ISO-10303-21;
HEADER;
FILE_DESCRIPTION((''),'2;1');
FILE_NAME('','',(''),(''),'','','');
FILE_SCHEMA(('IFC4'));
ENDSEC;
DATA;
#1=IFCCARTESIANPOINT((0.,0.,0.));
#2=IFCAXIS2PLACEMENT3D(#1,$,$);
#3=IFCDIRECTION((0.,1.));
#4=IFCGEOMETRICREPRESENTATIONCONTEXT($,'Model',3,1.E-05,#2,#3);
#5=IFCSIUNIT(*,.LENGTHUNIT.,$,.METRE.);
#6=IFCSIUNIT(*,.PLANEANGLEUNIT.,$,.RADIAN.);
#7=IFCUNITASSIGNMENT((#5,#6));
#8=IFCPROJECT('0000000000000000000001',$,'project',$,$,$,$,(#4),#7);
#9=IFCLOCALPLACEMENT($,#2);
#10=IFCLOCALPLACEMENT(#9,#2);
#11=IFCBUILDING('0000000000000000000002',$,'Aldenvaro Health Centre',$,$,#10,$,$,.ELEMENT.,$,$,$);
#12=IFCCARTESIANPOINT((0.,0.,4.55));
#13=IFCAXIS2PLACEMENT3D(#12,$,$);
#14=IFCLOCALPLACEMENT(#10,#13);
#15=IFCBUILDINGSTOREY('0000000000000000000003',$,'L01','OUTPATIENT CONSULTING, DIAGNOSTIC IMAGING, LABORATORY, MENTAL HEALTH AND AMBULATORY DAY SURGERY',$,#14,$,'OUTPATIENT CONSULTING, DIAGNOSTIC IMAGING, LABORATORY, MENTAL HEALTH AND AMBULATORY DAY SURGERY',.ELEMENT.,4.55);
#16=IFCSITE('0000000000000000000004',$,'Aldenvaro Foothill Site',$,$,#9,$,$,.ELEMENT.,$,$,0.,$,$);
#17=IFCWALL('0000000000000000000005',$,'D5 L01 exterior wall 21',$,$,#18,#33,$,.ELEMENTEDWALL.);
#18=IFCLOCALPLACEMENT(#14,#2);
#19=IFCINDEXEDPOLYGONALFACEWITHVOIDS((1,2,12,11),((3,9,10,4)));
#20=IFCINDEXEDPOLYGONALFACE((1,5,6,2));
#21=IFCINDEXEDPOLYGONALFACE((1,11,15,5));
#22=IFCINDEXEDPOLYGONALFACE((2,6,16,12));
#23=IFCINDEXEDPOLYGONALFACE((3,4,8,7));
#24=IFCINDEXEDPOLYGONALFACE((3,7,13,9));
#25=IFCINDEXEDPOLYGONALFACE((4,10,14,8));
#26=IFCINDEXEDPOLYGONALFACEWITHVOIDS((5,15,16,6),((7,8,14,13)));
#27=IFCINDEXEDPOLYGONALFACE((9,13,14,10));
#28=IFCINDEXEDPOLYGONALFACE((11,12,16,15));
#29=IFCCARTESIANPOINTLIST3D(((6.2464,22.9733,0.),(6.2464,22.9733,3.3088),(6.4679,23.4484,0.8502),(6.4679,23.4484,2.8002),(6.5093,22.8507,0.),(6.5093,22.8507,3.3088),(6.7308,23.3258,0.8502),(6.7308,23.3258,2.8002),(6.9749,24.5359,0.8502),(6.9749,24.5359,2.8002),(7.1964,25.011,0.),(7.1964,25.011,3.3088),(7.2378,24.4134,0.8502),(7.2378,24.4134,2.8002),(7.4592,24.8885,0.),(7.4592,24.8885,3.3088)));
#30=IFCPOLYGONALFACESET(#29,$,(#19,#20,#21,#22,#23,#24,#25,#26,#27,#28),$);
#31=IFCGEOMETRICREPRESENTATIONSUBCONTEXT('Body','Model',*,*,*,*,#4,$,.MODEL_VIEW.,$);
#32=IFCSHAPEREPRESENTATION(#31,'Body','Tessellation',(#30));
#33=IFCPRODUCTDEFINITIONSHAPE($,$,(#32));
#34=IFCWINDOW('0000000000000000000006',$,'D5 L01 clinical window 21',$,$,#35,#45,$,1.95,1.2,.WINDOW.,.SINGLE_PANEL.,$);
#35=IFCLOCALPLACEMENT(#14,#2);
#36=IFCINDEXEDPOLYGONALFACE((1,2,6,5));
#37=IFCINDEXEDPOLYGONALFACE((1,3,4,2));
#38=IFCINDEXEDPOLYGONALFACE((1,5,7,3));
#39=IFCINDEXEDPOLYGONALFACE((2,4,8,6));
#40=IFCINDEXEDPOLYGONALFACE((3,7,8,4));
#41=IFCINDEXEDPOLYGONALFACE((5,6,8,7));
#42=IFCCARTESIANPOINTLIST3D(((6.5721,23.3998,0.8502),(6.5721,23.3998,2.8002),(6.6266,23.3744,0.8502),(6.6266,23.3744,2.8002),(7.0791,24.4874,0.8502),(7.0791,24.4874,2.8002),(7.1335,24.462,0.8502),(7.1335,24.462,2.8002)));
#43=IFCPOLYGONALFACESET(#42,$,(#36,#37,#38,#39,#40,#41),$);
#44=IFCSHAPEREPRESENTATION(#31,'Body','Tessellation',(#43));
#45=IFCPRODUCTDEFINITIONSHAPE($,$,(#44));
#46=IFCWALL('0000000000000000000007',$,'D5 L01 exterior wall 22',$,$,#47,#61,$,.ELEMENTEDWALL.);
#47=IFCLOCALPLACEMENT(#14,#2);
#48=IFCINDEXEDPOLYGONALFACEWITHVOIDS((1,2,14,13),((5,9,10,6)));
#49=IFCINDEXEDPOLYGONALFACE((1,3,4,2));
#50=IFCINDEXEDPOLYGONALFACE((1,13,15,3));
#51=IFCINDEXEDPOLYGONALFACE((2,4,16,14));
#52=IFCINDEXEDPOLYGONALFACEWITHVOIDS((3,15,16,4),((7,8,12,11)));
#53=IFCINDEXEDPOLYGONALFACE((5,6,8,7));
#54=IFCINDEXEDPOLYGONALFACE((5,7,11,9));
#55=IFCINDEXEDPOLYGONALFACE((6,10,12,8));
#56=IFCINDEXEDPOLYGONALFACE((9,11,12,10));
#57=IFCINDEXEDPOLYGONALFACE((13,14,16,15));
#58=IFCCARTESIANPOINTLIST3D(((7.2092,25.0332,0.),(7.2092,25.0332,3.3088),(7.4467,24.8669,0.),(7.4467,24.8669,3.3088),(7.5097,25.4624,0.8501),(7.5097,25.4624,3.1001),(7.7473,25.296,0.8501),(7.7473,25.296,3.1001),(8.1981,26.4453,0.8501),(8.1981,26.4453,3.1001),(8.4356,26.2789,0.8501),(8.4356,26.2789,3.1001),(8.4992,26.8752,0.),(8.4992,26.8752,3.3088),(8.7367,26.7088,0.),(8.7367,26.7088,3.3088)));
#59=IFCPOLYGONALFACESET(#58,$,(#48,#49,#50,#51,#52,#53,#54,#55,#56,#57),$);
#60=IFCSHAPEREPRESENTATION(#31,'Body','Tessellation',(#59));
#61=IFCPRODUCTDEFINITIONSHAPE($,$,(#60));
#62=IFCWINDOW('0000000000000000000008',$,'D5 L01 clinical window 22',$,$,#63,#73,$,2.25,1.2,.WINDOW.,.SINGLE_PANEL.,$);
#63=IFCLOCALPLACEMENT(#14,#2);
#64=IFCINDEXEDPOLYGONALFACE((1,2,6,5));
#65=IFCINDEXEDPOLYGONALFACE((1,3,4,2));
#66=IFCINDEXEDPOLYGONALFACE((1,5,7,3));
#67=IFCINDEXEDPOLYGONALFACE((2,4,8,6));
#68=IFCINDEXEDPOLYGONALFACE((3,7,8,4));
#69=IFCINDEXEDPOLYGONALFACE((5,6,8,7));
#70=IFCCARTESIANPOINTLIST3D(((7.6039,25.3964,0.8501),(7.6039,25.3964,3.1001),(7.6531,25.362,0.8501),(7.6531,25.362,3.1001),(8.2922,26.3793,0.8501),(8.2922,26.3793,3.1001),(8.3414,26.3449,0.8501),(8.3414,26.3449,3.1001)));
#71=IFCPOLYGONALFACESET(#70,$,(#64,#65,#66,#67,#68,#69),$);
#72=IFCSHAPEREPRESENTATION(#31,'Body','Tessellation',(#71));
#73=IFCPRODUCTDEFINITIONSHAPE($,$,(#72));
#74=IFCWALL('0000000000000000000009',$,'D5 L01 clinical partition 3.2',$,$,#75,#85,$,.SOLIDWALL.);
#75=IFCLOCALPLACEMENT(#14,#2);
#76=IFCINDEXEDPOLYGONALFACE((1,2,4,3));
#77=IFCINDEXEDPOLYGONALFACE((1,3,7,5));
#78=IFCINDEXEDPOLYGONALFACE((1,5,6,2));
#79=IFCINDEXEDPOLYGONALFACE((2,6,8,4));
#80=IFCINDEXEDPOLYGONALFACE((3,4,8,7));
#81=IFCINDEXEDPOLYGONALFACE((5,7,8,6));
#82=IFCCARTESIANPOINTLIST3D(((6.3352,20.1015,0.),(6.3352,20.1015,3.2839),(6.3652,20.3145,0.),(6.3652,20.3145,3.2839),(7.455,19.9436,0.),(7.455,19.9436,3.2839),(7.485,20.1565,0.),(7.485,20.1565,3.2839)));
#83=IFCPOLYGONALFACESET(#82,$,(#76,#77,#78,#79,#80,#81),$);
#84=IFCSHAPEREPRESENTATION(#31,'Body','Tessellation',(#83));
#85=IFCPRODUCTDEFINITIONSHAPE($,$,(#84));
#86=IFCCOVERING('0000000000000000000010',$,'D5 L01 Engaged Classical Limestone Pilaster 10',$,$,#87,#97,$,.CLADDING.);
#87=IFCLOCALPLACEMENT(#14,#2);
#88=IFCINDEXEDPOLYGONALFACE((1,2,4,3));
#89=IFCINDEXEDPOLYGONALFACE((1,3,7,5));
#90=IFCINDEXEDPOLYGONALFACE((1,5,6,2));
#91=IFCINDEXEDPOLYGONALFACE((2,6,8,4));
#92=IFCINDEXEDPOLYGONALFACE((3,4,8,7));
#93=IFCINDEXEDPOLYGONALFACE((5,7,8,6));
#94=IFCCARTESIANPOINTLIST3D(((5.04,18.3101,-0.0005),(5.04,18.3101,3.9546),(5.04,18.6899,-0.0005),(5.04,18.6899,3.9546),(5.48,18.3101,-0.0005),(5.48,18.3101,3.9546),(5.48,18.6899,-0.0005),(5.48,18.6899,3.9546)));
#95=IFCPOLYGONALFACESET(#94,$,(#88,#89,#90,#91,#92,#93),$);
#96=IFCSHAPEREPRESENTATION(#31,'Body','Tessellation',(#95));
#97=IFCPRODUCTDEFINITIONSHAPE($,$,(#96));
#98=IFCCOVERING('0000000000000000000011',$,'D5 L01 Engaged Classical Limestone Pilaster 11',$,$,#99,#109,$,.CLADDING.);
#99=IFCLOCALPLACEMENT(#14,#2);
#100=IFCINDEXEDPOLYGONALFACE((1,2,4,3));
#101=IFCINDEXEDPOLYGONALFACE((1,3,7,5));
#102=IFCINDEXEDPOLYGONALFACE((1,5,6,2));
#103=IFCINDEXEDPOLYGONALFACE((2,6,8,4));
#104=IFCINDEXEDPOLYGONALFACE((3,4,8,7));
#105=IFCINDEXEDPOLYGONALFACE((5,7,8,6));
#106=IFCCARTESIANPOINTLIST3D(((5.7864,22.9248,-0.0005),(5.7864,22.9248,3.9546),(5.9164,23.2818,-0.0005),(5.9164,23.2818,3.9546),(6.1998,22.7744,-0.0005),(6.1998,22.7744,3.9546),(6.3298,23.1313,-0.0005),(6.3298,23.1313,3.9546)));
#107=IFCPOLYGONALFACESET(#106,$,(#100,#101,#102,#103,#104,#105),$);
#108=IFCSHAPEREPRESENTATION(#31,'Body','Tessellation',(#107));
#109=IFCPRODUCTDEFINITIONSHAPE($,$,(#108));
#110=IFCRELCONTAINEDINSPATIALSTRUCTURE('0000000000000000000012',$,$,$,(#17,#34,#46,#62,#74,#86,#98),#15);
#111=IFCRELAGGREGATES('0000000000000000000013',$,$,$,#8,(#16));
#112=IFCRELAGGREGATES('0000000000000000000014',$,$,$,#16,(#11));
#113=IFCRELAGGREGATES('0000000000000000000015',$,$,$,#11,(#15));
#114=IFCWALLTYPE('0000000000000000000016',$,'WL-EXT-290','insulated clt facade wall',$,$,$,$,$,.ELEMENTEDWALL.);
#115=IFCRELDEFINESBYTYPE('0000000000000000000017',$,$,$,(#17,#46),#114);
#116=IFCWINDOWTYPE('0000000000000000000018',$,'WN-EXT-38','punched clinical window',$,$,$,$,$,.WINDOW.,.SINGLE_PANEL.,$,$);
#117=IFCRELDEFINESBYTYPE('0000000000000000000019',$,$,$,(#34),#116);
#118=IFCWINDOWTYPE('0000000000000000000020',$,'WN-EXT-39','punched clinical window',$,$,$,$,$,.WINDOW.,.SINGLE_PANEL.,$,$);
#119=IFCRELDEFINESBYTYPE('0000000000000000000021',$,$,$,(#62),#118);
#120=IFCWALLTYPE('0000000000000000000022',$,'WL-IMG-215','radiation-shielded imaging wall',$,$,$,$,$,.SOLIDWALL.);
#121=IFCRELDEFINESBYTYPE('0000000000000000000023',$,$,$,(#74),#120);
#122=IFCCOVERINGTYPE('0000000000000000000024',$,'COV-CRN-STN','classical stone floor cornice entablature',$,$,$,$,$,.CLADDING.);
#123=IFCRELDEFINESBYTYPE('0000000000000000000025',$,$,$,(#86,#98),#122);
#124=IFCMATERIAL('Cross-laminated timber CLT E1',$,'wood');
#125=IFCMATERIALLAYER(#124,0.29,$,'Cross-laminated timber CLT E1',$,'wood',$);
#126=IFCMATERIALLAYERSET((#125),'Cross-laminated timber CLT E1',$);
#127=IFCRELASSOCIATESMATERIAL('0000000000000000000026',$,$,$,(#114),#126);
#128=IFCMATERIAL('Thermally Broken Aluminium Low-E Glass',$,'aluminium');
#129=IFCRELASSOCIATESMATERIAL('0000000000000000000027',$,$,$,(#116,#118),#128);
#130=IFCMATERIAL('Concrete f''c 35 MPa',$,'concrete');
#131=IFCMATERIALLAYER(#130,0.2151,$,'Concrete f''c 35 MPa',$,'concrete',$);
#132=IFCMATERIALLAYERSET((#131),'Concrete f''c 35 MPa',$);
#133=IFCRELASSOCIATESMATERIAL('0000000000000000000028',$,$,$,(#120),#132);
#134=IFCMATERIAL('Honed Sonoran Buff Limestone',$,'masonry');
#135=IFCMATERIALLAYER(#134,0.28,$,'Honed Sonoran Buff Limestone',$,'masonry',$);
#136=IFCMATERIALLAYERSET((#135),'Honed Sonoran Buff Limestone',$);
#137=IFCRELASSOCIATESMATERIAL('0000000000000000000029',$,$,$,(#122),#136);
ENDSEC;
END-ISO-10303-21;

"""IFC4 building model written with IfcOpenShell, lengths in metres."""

from ifc_helpers import new_model, si_unit, direction, frame, frame_2d, origin, origin_2d, place, context, subcontext, project, spatial, rectangle, extrude, material, layer, layer_set, type_object, element, fill, save


model = new_model("IFC4")

# Units and contexts
model_context = context("Model", 3, precision=1e-05, world=origin(), true_north=direction((0.0, 1.0)))
body_context = subcontext(model_context, "Body", "Model", "MODEL_VIEW")
ifc_project = project(units=[si_unit("LENGTHUNIT", "METRE"), si_unit("PLANEANGLEUNIT", "RADIAN")], contexts=[model_context])

# Site, building, storey
site_placement = place(None, origin())
site = spatial("IfcSite", under=ifc_project, at=site_placement, Name="Aldenvaro Foothill Site", CompositionType="ELEMENT", RefElevation=0.0)
building_placement = place(site_placement, origin())
building = spatial("IfcBuilding", under=site, at=building_placement, Name="Aldenvaro Health Centre", CompositionType="ELEMENT")
storey_placement = place(building_placement, frame((0.0, 0.0, 4.55)))
storey = spatial("IfcBuildingStorey", under=building, at=storey_placement, Name="L01", Description="OUTPATIENT CONSULTING, DIAGNOSTIC IMAGING, LABORATORY, MENTAL HEALTH AND AMBULATORY DAY SURGERY", LongName="OUTPATIENT CONSULTING, DIAGNOSTIC IMAGING, LABORATORY, MENTAL HEALTH AND AMBULATORY DAY SURGERY", CompositionType="ELEMENT", Elevation=4.55)

# Shared definitions
ifc_material_1 = material(Name="Cross-laminated timber CLT E1", Category="wood")
ifc_layer_1 = layer(ifc_material_1, 0.29, Name="Cross-laminated timber CLT E1", Category="wood")
ifc_layer_set_1 = layer_set([ifc_layer_1], Name="Cross-laminated timber CLT E1")
wall_type_1 = type_object("IfcWallType", Name="WL-EXT-290", Description="insulated clt facade wall", PredefinedType="ELEMENTEDWALL", material=ifc_layer_set_1)

# Walls, openings, windows
ifc_material_2 = material(Name="Thermally Broken Aluminium Low-E Glass", Category="aluminium")
wall_1_placement = place(storey_placement, frame((6.3779, 22.9121, 0.0), z_axis=(0.0, 0.0, 1.0), x_axis=(0.422505, 0.906361, 0.0)))
wall_1 = element("IfcWall", 1, at=wall_1_placement, inside=storey, type_object=wall_type_1, Name="D5 L01 exterior wall 21", PredefinedType="ELEMENTEDWALL", context=body_context, shape_type="SweptSolid", body=[
    extrude(rectangle(XDim=2.2483, YDim=0.29, at=frame_2d((1.124, 0.0))), origin(), (0.0, 0.0, 1.0), 3.3088),
])
opening_1_placement = place(wall_1_placement, frame((0.5239, 0.0, 0.8501)))
opening_1 = element("IfcOpeningElement", 2, at=opening_1_placement, cuts=wall_1, PredefinedType="OPENING", context=body_context, shape_type="SweptSolid", body=[
    extrude(rectangle(XDim=1.2, YDim=1.95, at=frame_2d((0.6001, 0.9751))), frame((0.0, 0.155, 0.0), z_axis=(0.0, -1.0, 0.0), x_axis=(1.0, 0.0, 0.0)), (0.0, 0.0, 1.0), 0.3101),
])
window_type_1 = type_object("IfcWindowType", Name="WN-EXT-38", Description="punched clinical window", PartitioningType="SINGLE_PANEL", PredefinedType="WINDOW", material=ifc_material_2)
window_1_placement = place(opening_1_placement, origin())
window_1 = element("IfcWindow", 3, at=window_1_placement, inside=storey, type_object=window_type_1, Name="D5 L01 clinical window 21", OverallHeight=1.95, OverallWidth=1.2, PartitioningType="SINGLE_PANEL", PredefinedType="WINDOW", context=body_context, shape_type="SweptSolid", body=[
    extrude(rectangle(XDim=1.2, YDim=1.95, at=frame_2d((0.6001, 0.9751))), frame((0.0, 0.03, 0.0), z_axis=(0.0, -1.0, 0.0), x_axis=(1.0, 0.0, 0.0)), (0.0, 0.0, 1.0), 0.0601),
])
fill(opening_1, window_1)
wall_2_placement = place(storey_placement, frame((7.3279, 24.95, 0.0), z_axis=(0.0, 0.0, 1.0), x_axis=(0.573644, 0.819104, 0.0)))
wall_2 = element("IfcWall", 4, at=wall_2_placement, inside=storey, type_object=wall_type_1, Name="D5 L01 exterior wall 22", PredefinedType="ELEMENTEDWALL", context=body_context, shape_type="SweptSolid", body=[
    extrude(rectangle(XDim=2.2488, YDim=0.29, at=frame_2d((1.1245, 0.0))), origin(), (0.0, 0.0, 1.0), 3.3088),
])
opening_2_placement = place(wall_2_placement, frame((0.5239, 0.0, 0.8501)))
opening_2 = element("IfcOpeningElement", 5, at=opening_2_placement, cuts=wall_2, PredefinedType="OPENING", context=body_context, shape_type="SweptSolid", body=[
    extrude(rectangle(XDim=1.2, YDim=2.25, at=frame_2d((0.6001, 1.125))), frame((0.0, 0.155, 0.0), z_axis=(0.0, -1.0, 0.0), x_axis=(1.0, 0.0, 0.0)), (0.0, 0.0, 1.0), 0.3101),
])
window_type_2 = type_object("IfcWindowType", Name="WN-EXT-39", Description="punched clinical window", PartitioningType="SINGLE_PANEL", PredefinedType="WINDOW", material=ifc_material_2)
window_2_placement = place(opening_2_placement, origin())
window_2 = element("IfcWindow", 6, at=window_2_placement, inside=storey, type_object=window_type_2, Name="D5 L01 clinical window 22", OverallHeight=2.25, OverallWidth=1.2, PartitioningType="SINGLE_PANEL", PredefinedType="WINDOW", context=body_context, shape_type="SweptSolid", body=[
    extrude(rectangle(XDim=1.2, YDim=2.25, at=frame_2d((0.6001, 1.125))), frame((0.0, 0.03, 0.0), z_axis=(0.0, -1.0, 0.0), x_axis=(1.0, 0.0, 0.0)), (0.0, 0.0, 1.0), 0.0601),
])
fill(opening_2, window_2)

# Wall
ifc_material_3 = material(Name="Concrete f'c 35 MPa", Category="concrete")
ifc_layer_2 = layer(ifc_material_3, 0.2151, Name="Concrete f'c 35 MPa", Category="concrete")
ifc_layer_set_2 = layer_set([ifc_layer_2], Name="Concrete f'c 35 MPa")
wall_type_2 = type_object("IfcWallType", Name="WL-IMG-215", Description="radiation-shielded imaging wall", PredefinedType="SOLIDWALL", material=ifc_layer_set_2)
wall_3_placement = place(storey_placement, frame((7.47, 20.05, 0.0), z_axis=(0.0, 0.0, 1.0), x_axis=(-0.990198, 0.139668, 0.0)))
element("IfcWall", 7, at=wall_3_placement, inside=storey, type_object=wall_type_2, Name="D5 L01 clinical partition 3.2", PredefinedType="SOLIDWALL", context=body_context, shape_type="SweptSolid", body=[
    extrude(rectangle(XDim=1.1309, YDim=0.2151, at=frame_2d((0.5654, 0.0))), origin(), (0.0, 0.0, 1.0), 3.2839),
])

# Coverings
ifc_material_4 = material(Name="Honed Sonoran Buff Limestone", Category="masonry")
ifc_layer_3 = layer(ifc_material_4, 0.28, Name="Honed Sonoran Buff Limestone", Category="masonry")
ifc_layer_set_3 = layer_set([ifc_layer_3], Name="Honed Sonoran Buff Limestone")
covering_type = type_object("IfcCoveringType", Name="COV-CRN-STN", Description="classical stone floor cornice entablature", PredefinedType="CLADDING", material=ifc_layer_set_3)
for number, where, z_axis, x_axis, name in (
    (8, (5.26, 18.5, -0.0005), (0.0, 0.0, 1.0), (-1.0, 0.0, 0.0), "D5 L01 Engaged Classical Limestone Pilaster 10"),
    (9, (6.0581, 23.0281, -0.0005), (0.0, 0.0, 1.0), (-0.939694, 0.342017, 0.0), "D5 L01 Engaged Classical Limestone Pilaster 11"),
):
    element("IfcCovering", number, at=place(storey_placement, frame(where, z_axis=z_axis, x_axis=x_axis)), inside=storey, type_object=covering_type, Name=name, PredefinedType="CLADDING", context=body_context, shape_type="SweptSolid", body=[
        extrude(rectangle(XDim=0.4399, YDim=0.3799, at=origin_2d()), origin(), (0.0, 0.0, 1.0), 3.9551),
    ])

save(model, "model.ifc")
